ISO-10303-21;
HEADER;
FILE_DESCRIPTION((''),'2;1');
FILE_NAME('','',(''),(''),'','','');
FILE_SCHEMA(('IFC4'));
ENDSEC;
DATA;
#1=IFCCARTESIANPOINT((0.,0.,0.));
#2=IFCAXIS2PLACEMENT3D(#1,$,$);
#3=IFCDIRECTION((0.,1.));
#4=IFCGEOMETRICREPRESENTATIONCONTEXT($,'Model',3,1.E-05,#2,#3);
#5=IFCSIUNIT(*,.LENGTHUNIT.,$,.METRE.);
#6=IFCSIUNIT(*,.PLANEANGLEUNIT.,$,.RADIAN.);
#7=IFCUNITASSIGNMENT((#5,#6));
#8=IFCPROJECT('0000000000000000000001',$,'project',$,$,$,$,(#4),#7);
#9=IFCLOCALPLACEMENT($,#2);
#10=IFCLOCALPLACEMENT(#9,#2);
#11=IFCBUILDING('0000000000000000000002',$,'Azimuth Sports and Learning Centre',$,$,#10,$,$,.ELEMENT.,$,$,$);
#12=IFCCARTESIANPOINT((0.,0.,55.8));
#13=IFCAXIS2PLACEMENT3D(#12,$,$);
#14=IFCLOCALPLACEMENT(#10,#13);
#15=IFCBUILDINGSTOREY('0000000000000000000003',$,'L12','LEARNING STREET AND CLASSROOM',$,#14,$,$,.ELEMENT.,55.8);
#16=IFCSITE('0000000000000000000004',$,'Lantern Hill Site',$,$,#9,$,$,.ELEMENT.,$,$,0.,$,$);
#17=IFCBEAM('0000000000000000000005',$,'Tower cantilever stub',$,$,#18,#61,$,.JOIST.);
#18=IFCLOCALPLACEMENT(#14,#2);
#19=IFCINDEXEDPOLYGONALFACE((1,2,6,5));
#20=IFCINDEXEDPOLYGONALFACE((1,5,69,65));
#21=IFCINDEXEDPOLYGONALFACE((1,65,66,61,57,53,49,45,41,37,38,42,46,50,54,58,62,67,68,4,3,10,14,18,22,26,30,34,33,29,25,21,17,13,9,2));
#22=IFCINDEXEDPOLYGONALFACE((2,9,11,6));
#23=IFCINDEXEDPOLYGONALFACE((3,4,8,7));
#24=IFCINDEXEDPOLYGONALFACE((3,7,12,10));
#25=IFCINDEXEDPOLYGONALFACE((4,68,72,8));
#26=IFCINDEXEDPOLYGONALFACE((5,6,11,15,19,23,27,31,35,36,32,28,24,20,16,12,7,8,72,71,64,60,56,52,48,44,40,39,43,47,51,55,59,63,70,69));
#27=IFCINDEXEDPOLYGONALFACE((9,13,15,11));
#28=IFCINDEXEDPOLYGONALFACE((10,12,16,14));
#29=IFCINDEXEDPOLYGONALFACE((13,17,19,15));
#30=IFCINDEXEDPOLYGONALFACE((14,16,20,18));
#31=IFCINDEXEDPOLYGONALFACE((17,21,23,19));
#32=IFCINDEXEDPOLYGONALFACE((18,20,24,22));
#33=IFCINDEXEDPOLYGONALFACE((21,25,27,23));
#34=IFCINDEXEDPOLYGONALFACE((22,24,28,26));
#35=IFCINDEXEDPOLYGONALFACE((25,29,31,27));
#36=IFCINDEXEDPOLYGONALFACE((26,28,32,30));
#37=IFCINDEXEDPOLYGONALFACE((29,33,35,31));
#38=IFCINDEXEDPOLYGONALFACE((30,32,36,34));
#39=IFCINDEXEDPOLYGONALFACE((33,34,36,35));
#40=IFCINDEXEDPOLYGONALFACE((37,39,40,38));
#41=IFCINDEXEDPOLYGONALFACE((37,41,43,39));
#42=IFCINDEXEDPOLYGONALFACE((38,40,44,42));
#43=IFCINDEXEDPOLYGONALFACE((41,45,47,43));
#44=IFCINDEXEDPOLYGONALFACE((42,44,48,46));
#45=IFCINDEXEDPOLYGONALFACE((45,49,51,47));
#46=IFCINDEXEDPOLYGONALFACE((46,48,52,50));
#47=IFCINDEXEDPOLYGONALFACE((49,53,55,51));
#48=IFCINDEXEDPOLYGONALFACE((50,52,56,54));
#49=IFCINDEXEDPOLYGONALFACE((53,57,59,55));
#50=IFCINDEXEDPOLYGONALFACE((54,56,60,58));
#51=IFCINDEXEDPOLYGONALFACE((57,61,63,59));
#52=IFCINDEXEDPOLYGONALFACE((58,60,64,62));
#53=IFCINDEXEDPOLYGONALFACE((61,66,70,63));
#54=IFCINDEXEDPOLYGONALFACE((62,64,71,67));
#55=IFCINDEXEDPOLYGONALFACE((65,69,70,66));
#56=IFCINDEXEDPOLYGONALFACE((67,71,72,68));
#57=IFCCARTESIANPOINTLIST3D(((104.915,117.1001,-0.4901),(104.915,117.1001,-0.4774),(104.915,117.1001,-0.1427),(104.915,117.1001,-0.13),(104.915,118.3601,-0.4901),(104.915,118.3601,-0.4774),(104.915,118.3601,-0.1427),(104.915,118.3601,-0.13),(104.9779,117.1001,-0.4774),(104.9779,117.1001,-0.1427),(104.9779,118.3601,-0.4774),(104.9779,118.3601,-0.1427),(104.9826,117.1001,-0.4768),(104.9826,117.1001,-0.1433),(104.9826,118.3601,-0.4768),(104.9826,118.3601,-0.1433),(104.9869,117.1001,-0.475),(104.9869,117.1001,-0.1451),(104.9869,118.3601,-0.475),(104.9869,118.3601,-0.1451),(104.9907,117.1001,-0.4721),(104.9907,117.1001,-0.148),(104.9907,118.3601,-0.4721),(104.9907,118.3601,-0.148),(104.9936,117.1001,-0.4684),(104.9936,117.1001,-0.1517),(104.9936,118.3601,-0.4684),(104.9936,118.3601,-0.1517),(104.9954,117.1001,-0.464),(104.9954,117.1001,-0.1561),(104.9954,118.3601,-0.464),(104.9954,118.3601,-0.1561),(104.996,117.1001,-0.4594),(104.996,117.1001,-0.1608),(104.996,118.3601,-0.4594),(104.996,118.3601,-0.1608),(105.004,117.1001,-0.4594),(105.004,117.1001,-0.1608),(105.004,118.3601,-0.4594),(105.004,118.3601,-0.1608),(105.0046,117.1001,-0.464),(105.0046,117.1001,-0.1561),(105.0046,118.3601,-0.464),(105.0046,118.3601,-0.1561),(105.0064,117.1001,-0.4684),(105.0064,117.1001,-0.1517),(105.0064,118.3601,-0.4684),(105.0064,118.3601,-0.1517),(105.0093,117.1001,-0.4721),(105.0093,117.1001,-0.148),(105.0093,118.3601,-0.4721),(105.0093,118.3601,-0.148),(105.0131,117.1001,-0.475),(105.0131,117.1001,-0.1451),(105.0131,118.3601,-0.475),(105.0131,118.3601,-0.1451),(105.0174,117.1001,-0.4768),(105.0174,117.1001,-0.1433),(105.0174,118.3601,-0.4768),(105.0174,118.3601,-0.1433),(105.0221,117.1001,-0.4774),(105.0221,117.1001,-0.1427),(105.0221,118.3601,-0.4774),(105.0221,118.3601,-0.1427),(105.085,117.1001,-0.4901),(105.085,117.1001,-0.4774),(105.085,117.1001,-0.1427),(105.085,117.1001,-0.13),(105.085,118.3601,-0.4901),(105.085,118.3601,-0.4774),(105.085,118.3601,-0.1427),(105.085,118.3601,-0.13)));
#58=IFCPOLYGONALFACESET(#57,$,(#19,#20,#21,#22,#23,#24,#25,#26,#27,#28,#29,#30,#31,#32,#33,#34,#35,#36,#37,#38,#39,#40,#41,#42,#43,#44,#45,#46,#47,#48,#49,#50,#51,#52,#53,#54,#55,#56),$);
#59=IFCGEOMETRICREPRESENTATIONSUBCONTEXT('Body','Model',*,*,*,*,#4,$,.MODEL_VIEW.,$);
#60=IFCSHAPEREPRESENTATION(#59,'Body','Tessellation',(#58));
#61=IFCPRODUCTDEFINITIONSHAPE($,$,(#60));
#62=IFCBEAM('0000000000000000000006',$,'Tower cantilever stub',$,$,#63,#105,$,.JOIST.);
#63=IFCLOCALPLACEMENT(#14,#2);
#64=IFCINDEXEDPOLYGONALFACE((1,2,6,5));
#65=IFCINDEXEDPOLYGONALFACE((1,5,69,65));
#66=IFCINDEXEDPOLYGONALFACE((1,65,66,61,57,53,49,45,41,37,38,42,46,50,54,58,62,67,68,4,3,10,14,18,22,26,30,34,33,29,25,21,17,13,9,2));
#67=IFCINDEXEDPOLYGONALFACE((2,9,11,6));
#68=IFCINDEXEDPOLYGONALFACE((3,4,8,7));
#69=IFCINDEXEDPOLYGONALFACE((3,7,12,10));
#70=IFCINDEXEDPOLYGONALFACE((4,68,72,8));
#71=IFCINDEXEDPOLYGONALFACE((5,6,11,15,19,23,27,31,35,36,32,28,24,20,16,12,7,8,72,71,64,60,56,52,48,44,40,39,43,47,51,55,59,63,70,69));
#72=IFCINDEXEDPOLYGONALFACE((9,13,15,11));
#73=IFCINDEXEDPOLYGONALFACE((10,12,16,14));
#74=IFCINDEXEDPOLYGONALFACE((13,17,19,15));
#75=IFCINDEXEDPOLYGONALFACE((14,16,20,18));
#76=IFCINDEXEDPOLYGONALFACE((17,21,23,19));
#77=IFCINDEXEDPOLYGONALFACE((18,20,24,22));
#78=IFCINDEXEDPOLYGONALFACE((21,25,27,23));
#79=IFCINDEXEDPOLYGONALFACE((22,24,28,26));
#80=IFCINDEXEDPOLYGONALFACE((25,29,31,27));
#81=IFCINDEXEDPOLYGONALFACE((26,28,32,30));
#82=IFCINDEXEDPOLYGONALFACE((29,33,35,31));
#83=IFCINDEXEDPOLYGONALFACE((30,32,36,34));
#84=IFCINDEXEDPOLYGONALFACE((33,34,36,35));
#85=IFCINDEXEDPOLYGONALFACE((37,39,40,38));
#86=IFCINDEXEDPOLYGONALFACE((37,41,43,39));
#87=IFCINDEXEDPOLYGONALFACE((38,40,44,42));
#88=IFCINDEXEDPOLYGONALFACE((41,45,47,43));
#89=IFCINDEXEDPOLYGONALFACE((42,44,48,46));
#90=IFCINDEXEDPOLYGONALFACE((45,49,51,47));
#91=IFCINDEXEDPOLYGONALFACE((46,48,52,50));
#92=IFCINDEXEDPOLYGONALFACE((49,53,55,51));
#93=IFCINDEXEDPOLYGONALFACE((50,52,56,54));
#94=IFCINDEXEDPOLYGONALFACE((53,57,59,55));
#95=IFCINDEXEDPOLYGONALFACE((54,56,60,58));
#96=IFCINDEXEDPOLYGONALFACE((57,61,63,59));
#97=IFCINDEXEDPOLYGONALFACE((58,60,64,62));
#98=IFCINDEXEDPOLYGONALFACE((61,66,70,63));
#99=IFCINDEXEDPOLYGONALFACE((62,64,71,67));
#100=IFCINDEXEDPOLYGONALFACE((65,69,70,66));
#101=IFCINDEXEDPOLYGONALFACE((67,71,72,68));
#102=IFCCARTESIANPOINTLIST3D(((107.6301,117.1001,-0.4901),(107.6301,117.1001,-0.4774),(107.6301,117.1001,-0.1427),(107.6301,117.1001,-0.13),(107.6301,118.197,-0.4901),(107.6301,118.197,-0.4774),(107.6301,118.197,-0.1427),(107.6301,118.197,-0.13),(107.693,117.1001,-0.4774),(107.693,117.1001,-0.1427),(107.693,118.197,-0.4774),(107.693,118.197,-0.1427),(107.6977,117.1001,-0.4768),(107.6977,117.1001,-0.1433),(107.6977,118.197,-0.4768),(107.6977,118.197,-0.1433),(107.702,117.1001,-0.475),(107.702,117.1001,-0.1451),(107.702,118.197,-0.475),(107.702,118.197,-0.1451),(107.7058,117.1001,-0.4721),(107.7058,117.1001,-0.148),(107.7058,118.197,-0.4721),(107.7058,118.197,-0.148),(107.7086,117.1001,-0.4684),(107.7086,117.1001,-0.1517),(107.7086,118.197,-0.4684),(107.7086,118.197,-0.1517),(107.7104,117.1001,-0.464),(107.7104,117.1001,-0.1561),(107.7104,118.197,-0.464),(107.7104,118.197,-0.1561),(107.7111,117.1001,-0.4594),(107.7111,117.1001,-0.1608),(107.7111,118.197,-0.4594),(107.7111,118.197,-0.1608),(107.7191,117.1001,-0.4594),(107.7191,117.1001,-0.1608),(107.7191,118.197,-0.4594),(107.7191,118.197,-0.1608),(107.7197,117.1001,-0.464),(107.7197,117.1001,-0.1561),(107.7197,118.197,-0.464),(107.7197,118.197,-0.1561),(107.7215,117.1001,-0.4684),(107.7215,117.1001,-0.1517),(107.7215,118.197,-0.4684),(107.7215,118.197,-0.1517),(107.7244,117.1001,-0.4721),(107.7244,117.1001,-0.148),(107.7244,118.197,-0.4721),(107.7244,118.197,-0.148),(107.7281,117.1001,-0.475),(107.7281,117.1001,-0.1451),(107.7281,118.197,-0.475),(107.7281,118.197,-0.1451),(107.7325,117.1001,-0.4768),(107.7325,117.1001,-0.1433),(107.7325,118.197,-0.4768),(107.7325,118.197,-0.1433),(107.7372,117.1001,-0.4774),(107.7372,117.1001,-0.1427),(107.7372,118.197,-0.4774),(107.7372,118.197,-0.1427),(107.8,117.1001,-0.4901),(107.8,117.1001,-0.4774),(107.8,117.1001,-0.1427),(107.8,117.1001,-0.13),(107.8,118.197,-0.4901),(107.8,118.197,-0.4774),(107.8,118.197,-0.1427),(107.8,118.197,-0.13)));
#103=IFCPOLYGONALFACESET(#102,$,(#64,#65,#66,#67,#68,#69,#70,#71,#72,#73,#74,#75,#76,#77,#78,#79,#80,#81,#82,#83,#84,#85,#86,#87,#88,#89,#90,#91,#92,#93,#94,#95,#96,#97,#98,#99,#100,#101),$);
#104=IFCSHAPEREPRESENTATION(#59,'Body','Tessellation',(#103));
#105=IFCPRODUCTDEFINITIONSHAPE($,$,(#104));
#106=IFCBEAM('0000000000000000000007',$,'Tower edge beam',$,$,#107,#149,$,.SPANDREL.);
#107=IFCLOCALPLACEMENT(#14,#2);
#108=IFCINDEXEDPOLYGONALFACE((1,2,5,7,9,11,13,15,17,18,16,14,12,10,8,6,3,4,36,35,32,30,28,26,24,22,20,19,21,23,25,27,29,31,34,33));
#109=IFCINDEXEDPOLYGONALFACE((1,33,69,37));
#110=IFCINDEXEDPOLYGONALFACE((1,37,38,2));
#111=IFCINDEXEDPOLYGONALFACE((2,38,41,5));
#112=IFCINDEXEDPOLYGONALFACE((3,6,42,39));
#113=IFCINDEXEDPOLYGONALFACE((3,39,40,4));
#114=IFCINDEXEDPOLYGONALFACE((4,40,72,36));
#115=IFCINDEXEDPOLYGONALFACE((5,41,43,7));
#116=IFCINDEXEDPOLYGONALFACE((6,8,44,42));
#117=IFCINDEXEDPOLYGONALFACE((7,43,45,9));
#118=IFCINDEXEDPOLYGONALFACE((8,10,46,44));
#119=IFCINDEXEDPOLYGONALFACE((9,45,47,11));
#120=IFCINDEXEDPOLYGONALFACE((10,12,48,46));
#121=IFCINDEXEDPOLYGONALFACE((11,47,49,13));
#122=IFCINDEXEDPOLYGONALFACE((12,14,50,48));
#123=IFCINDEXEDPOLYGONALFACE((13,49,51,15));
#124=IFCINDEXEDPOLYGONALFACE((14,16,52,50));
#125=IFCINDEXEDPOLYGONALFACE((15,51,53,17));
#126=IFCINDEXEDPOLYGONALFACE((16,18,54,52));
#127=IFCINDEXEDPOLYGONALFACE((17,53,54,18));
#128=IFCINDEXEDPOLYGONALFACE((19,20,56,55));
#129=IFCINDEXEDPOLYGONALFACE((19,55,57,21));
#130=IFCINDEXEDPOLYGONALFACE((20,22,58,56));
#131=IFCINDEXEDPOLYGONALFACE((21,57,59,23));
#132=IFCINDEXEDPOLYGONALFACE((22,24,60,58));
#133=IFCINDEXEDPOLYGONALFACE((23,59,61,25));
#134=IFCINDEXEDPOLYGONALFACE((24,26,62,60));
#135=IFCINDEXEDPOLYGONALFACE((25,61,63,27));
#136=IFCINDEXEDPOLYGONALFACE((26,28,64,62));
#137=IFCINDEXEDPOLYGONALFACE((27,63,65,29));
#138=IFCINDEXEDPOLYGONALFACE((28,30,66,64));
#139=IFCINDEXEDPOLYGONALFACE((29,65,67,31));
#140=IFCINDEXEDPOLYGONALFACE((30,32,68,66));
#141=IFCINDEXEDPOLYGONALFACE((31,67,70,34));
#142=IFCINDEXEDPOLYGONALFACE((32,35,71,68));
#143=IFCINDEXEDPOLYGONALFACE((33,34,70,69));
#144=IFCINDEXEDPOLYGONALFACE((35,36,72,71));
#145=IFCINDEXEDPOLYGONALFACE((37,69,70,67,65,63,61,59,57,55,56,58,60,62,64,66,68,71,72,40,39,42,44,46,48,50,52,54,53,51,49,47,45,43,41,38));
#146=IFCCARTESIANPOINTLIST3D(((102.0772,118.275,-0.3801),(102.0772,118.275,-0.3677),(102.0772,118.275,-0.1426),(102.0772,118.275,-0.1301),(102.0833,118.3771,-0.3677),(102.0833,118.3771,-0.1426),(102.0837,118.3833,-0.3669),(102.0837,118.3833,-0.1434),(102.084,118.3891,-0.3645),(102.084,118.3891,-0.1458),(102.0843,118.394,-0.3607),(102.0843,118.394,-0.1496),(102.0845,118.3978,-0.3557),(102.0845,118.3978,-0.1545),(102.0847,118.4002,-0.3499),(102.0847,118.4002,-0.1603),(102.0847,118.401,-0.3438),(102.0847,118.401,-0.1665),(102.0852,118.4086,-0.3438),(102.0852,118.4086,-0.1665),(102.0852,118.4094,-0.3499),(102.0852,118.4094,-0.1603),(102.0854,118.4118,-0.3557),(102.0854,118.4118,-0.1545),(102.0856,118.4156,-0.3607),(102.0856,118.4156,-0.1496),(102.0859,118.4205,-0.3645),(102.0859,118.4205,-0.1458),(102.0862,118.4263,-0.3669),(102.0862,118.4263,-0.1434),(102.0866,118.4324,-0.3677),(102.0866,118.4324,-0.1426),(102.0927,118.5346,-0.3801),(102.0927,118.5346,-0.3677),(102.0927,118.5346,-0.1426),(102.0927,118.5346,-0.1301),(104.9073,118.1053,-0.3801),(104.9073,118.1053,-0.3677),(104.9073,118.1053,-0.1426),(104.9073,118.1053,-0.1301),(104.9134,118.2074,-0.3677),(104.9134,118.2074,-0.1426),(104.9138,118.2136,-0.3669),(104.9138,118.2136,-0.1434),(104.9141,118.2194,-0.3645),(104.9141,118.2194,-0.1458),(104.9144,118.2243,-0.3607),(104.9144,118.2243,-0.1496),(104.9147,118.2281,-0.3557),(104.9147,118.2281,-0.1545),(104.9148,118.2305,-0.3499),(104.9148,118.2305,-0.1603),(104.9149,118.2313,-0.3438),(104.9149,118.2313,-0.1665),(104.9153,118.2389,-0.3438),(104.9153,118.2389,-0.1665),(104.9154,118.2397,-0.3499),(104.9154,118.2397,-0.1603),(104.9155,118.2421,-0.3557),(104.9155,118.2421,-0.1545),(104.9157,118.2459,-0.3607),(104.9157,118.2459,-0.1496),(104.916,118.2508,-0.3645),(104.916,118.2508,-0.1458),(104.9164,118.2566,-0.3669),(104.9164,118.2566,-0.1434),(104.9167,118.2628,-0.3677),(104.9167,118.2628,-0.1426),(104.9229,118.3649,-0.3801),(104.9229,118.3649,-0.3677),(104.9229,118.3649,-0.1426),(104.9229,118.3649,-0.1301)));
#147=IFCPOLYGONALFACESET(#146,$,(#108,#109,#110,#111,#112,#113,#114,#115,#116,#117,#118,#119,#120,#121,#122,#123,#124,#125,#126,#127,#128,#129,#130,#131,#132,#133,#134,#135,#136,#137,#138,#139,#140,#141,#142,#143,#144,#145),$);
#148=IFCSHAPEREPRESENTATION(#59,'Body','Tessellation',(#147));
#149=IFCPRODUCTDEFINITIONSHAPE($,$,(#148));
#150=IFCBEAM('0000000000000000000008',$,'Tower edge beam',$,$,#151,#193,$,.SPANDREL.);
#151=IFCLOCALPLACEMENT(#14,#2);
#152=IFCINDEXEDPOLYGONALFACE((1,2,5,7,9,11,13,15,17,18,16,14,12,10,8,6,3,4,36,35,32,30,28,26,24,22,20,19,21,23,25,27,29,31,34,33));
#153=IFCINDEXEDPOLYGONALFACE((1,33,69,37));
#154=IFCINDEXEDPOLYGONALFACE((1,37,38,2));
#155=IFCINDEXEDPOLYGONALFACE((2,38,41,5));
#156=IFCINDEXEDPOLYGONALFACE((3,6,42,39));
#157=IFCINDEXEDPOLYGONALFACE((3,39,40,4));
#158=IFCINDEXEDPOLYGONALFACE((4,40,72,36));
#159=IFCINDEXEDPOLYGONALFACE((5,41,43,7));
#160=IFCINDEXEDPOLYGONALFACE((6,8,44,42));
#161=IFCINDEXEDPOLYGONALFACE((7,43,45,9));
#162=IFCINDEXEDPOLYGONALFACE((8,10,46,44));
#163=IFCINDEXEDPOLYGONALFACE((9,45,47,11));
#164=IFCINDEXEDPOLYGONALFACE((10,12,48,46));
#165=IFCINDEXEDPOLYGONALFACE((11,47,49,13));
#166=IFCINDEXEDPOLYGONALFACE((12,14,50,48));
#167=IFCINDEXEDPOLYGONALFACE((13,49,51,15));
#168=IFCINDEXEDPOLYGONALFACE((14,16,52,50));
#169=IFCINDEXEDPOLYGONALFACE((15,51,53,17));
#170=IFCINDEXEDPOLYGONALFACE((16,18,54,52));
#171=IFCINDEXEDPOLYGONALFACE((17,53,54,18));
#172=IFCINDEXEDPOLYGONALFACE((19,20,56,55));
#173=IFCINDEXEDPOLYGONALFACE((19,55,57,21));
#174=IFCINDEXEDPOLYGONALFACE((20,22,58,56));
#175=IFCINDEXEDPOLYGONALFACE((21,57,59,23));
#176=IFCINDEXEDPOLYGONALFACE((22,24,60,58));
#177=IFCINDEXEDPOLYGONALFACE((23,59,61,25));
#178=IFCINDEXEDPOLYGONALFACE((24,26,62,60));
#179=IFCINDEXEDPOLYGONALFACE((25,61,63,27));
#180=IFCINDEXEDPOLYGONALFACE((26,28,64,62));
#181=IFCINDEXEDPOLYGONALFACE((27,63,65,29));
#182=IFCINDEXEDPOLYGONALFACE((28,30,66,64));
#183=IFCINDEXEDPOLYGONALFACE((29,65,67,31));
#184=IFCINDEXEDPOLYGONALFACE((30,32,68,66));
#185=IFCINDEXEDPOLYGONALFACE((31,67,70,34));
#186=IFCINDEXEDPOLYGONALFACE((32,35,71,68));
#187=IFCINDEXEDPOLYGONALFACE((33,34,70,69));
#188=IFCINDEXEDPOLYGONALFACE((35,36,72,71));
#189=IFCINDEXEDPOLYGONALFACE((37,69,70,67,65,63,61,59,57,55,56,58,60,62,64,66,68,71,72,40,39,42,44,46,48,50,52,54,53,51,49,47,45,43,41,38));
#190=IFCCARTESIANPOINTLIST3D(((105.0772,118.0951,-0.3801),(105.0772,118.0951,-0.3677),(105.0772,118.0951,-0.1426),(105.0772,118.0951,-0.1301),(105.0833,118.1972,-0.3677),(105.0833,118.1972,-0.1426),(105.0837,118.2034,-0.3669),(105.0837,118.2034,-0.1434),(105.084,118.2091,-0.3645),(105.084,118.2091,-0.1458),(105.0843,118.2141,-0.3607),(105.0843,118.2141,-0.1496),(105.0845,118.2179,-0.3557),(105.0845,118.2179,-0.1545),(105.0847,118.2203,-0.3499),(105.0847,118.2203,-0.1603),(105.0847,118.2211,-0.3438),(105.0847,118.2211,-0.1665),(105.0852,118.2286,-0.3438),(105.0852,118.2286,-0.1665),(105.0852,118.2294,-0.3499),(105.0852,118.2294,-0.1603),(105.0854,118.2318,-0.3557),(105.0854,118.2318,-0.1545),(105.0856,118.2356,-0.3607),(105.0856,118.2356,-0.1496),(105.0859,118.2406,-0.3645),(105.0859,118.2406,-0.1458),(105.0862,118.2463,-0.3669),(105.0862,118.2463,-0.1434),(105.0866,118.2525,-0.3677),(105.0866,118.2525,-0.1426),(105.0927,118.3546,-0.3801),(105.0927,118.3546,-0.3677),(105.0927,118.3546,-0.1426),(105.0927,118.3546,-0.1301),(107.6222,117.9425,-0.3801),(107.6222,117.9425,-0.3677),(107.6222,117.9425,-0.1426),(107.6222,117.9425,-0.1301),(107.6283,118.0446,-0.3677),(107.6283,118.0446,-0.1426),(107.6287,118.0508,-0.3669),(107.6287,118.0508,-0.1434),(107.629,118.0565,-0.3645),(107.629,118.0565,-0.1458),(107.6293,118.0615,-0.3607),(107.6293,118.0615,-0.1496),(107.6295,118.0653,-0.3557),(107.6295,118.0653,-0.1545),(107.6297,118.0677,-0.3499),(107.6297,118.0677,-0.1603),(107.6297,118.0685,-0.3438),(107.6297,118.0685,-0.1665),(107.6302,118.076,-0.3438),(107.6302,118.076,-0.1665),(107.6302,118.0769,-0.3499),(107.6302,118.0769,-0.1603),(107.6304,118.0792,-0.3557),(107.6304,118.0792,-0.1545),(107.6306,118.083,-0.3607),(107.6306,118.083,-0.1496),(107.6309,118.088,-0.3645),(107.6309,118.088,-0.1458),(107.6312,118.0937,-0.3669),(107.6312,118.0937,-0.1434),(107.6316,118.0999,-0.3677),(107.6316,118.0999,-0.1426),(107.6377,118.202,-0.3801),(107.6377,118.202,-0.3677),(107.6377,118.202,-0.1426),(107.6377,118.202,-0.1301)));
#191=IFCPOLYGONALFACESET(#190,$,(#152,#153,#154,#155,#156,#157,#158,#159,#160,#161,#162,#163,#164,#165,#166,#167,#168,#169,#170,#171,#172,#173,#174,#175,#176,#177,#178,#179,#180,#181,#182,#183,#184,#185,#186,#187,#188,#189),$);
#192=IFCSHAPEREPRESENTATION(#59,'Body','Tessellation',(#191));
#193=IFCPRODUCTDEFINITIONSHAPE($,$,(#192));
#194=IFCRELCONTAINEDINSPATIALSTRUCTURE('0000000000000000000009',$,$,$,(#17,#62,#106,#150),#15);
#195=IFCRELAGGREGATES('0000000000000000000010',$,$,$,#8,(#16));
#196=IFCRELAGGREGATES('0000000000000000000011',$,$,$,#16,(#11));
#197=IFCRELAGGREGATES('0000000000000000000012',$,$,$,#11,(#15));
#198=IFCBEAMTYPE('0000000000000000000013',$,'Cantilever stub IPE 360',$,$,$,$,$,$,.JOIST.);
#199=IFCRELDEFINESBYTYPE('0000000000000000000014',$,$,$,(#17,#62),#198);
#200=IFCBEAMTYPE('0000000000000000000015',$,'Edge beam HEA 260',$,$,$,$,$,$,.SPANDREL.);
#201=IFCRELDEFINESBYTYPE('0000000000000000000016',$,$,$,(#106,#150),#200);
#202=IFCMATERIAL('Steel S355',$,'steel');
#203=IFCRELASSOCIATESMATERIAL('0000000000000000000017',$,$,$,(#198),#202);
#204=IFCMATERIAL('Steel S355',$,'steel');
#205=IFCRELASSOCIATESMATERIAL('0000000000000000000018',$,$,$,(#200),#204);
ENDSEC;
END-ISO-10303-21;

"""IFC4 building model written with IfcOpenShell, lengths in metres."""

from ifc_helpers import new_model, si_unit, direction, frame, origin, origin_2d, place, context, subcontext, project, spatial, i_section, extrude, material, material_profile, profile_set, type_object, element, save


model = new_model("IFC4")

# Units and contexts
model_context = context("Model", 3, precision=1e-05, world=origin(), true_north=direction((0.0, 1.0)))
body_context = subcontext(model_context, "Body", "Model", "MODEL_VIEW")
ifc_project = project(units=[si_unit("LENGTHUNIT", "METRE"), si_unit("PLANEANGLEUNIT", "RADIAN")], contexts=[model_context])

# Site, building, storey
site_placement = place(None, origin())
site = spatial("IfcSite", under=ifc_project, at=site_placement, Name="Lantern Hill Site", CompositionType="ELEMENT", RefElevation=0.0)
building_placement = place(site_placement, origin())
building = spatial("IfcBuilding", under=site, at=building_placement, Name="Azimuth Sports and Learning Centre", CompositionType="ELEMENT")
storey_placement = place(building_placement, frame((0.0, 0.0, 55.8)))
storey = spatial("IfcBuildingStorey", under=building, at=storey_placement, Name="L12", Description="LEARNING STREET AND CLASSROOM", CompositionType="ELEMENT", Elevation=55.8)

# Beams
ifc_material_1 = material(Name="Steel S355", Category="steel")
ifc_material_profile_1 = material_profile(ifc_material_1, i_section(OverallWidth=0.1699, OverallDepth=0.3601, WebThickness=0.0081, FlangeThickness=0.0127, FilletRadius=0.0181, at=origin_2d()), Name="IPE 360")
ifc_profile_set_1 = profile_set([ifc_material_profile_1], Name="Steel S355")
beam_type_1 = type_object("IfcBeamType", Name="Cantilever stub IPE 360", PredefinedType="JOIST", material=ifc_profile_set_1)
beam_1_placement = place(storey_placement, frame((105.0, 117.1001, -0.3101), z_axis=(0.0, 1.0, 0.0), x_axis=(-1.0, 0.0, 0.0)))
element("IfcBeam", 1, at=beam_1_placement, inside=storey, type_object=beam_type_1, Name="Tower cantilever stub", PredefinedType="JOIST", context=body_context, shape_type="SweptSolid", body=[
    extrude(i_section(OverallWidth=0.1699, OverallDepth=0.3601, WebThickness=0.0081, FlangeThickness=0.0127, FilletRadius=0.0181, at=origin_2d()), origin(), (0.0, 0.0, 1.0), 1.26),
])
beam_2_placement = place(storey_placement, frame((107.7151, 117.1001, -0.3101), z_axis=(0.0, 1.0, 0.0), x_axis=(-1.0, 0.0, 0.0)))
element("IfcBeam", 2, at=beam_2_placement, inside=storey, type_object=beam_type_1, Name="Tower cantilever stub", PredefinedType="JOIST", context=body_context, shape_type="SweptSolid", body=[
    extrude(i_section(OverallWidth=0.1699, OverallDepth=0.3601, WebThickness=0.0081, FlangeThickness=0.0127, FilletRadius=0.0181, at=origin_2d()), origin(), (0.0, 0.0, 1.0), 1.0969),
])
ifc_material_2 = material(Name="Steel S355", Category="steel")
ifc_material_profile_2 = material_profile(ifc_material_2, i_section(OverallWidth=0.26, OverallDepth=0.25, WebThickness=0.0076, FlangeThickness=0.0125, FilletRadius=0.0239, at=origin_2d()), Name="HEA 260")
ifc_profile_set_2 = profile_set([ifc_material_profile_2], Name="Steel S355")
beam_type_2 = type_object("IfcBeamType", Name="Edge beam HEA 260", PredefinedType="SPANDREL", material=ifc_profile_set_2)
beam_3_placement = place(storey_placement, frame((102.085, 118.4048, -0.2551), z_axis=(0.998208, -0.059848, 0.0), x_axis=(0.059848, 0.998208, 0.0)))
element("IfcBeam", 3, at=beam_3_placement, inside=storey, type_object=beam_type_2, Name="Tower edge beam", PredefinedType="SPANDREL", context=body_context, shape_type="SweptSolid", body=[
    extrude(i_section(OverallWidth=0.26, OverallDepth=0.25, WebThickness=0.0076, FlangeThickness=0.0125, FilletRadius=0.0239, at=origin_2d()), origin(), (0.0, 0.0, 1.0), 2.8352),
])
beam_4_placement = place(storey_placement, frame((105.085, 118.2249, -0.2551), z_axis=(0.998207, -0.05985, 0.0), x_axis=(0.05985, 0.998207, 0.0)))
element("IfcBeam", 4, at=beam_4_placement, inside=storey, type_object=beam_type_2, Name="Tower edge beam", PredefinedType="SPANDREL", context=body_context, shape_type="SweptSolid", body=[
    extrude(i_section(OverallWidth=0.26, OverallDepth=0.25, WebThickness=0.0076, FlangeThickness=0.0125, FilletRadius=0.0239, at=origin_2d()), origin(), (0.0, 0.0, 1.0), 2.5496),
])

save(model, "model.ifc")
